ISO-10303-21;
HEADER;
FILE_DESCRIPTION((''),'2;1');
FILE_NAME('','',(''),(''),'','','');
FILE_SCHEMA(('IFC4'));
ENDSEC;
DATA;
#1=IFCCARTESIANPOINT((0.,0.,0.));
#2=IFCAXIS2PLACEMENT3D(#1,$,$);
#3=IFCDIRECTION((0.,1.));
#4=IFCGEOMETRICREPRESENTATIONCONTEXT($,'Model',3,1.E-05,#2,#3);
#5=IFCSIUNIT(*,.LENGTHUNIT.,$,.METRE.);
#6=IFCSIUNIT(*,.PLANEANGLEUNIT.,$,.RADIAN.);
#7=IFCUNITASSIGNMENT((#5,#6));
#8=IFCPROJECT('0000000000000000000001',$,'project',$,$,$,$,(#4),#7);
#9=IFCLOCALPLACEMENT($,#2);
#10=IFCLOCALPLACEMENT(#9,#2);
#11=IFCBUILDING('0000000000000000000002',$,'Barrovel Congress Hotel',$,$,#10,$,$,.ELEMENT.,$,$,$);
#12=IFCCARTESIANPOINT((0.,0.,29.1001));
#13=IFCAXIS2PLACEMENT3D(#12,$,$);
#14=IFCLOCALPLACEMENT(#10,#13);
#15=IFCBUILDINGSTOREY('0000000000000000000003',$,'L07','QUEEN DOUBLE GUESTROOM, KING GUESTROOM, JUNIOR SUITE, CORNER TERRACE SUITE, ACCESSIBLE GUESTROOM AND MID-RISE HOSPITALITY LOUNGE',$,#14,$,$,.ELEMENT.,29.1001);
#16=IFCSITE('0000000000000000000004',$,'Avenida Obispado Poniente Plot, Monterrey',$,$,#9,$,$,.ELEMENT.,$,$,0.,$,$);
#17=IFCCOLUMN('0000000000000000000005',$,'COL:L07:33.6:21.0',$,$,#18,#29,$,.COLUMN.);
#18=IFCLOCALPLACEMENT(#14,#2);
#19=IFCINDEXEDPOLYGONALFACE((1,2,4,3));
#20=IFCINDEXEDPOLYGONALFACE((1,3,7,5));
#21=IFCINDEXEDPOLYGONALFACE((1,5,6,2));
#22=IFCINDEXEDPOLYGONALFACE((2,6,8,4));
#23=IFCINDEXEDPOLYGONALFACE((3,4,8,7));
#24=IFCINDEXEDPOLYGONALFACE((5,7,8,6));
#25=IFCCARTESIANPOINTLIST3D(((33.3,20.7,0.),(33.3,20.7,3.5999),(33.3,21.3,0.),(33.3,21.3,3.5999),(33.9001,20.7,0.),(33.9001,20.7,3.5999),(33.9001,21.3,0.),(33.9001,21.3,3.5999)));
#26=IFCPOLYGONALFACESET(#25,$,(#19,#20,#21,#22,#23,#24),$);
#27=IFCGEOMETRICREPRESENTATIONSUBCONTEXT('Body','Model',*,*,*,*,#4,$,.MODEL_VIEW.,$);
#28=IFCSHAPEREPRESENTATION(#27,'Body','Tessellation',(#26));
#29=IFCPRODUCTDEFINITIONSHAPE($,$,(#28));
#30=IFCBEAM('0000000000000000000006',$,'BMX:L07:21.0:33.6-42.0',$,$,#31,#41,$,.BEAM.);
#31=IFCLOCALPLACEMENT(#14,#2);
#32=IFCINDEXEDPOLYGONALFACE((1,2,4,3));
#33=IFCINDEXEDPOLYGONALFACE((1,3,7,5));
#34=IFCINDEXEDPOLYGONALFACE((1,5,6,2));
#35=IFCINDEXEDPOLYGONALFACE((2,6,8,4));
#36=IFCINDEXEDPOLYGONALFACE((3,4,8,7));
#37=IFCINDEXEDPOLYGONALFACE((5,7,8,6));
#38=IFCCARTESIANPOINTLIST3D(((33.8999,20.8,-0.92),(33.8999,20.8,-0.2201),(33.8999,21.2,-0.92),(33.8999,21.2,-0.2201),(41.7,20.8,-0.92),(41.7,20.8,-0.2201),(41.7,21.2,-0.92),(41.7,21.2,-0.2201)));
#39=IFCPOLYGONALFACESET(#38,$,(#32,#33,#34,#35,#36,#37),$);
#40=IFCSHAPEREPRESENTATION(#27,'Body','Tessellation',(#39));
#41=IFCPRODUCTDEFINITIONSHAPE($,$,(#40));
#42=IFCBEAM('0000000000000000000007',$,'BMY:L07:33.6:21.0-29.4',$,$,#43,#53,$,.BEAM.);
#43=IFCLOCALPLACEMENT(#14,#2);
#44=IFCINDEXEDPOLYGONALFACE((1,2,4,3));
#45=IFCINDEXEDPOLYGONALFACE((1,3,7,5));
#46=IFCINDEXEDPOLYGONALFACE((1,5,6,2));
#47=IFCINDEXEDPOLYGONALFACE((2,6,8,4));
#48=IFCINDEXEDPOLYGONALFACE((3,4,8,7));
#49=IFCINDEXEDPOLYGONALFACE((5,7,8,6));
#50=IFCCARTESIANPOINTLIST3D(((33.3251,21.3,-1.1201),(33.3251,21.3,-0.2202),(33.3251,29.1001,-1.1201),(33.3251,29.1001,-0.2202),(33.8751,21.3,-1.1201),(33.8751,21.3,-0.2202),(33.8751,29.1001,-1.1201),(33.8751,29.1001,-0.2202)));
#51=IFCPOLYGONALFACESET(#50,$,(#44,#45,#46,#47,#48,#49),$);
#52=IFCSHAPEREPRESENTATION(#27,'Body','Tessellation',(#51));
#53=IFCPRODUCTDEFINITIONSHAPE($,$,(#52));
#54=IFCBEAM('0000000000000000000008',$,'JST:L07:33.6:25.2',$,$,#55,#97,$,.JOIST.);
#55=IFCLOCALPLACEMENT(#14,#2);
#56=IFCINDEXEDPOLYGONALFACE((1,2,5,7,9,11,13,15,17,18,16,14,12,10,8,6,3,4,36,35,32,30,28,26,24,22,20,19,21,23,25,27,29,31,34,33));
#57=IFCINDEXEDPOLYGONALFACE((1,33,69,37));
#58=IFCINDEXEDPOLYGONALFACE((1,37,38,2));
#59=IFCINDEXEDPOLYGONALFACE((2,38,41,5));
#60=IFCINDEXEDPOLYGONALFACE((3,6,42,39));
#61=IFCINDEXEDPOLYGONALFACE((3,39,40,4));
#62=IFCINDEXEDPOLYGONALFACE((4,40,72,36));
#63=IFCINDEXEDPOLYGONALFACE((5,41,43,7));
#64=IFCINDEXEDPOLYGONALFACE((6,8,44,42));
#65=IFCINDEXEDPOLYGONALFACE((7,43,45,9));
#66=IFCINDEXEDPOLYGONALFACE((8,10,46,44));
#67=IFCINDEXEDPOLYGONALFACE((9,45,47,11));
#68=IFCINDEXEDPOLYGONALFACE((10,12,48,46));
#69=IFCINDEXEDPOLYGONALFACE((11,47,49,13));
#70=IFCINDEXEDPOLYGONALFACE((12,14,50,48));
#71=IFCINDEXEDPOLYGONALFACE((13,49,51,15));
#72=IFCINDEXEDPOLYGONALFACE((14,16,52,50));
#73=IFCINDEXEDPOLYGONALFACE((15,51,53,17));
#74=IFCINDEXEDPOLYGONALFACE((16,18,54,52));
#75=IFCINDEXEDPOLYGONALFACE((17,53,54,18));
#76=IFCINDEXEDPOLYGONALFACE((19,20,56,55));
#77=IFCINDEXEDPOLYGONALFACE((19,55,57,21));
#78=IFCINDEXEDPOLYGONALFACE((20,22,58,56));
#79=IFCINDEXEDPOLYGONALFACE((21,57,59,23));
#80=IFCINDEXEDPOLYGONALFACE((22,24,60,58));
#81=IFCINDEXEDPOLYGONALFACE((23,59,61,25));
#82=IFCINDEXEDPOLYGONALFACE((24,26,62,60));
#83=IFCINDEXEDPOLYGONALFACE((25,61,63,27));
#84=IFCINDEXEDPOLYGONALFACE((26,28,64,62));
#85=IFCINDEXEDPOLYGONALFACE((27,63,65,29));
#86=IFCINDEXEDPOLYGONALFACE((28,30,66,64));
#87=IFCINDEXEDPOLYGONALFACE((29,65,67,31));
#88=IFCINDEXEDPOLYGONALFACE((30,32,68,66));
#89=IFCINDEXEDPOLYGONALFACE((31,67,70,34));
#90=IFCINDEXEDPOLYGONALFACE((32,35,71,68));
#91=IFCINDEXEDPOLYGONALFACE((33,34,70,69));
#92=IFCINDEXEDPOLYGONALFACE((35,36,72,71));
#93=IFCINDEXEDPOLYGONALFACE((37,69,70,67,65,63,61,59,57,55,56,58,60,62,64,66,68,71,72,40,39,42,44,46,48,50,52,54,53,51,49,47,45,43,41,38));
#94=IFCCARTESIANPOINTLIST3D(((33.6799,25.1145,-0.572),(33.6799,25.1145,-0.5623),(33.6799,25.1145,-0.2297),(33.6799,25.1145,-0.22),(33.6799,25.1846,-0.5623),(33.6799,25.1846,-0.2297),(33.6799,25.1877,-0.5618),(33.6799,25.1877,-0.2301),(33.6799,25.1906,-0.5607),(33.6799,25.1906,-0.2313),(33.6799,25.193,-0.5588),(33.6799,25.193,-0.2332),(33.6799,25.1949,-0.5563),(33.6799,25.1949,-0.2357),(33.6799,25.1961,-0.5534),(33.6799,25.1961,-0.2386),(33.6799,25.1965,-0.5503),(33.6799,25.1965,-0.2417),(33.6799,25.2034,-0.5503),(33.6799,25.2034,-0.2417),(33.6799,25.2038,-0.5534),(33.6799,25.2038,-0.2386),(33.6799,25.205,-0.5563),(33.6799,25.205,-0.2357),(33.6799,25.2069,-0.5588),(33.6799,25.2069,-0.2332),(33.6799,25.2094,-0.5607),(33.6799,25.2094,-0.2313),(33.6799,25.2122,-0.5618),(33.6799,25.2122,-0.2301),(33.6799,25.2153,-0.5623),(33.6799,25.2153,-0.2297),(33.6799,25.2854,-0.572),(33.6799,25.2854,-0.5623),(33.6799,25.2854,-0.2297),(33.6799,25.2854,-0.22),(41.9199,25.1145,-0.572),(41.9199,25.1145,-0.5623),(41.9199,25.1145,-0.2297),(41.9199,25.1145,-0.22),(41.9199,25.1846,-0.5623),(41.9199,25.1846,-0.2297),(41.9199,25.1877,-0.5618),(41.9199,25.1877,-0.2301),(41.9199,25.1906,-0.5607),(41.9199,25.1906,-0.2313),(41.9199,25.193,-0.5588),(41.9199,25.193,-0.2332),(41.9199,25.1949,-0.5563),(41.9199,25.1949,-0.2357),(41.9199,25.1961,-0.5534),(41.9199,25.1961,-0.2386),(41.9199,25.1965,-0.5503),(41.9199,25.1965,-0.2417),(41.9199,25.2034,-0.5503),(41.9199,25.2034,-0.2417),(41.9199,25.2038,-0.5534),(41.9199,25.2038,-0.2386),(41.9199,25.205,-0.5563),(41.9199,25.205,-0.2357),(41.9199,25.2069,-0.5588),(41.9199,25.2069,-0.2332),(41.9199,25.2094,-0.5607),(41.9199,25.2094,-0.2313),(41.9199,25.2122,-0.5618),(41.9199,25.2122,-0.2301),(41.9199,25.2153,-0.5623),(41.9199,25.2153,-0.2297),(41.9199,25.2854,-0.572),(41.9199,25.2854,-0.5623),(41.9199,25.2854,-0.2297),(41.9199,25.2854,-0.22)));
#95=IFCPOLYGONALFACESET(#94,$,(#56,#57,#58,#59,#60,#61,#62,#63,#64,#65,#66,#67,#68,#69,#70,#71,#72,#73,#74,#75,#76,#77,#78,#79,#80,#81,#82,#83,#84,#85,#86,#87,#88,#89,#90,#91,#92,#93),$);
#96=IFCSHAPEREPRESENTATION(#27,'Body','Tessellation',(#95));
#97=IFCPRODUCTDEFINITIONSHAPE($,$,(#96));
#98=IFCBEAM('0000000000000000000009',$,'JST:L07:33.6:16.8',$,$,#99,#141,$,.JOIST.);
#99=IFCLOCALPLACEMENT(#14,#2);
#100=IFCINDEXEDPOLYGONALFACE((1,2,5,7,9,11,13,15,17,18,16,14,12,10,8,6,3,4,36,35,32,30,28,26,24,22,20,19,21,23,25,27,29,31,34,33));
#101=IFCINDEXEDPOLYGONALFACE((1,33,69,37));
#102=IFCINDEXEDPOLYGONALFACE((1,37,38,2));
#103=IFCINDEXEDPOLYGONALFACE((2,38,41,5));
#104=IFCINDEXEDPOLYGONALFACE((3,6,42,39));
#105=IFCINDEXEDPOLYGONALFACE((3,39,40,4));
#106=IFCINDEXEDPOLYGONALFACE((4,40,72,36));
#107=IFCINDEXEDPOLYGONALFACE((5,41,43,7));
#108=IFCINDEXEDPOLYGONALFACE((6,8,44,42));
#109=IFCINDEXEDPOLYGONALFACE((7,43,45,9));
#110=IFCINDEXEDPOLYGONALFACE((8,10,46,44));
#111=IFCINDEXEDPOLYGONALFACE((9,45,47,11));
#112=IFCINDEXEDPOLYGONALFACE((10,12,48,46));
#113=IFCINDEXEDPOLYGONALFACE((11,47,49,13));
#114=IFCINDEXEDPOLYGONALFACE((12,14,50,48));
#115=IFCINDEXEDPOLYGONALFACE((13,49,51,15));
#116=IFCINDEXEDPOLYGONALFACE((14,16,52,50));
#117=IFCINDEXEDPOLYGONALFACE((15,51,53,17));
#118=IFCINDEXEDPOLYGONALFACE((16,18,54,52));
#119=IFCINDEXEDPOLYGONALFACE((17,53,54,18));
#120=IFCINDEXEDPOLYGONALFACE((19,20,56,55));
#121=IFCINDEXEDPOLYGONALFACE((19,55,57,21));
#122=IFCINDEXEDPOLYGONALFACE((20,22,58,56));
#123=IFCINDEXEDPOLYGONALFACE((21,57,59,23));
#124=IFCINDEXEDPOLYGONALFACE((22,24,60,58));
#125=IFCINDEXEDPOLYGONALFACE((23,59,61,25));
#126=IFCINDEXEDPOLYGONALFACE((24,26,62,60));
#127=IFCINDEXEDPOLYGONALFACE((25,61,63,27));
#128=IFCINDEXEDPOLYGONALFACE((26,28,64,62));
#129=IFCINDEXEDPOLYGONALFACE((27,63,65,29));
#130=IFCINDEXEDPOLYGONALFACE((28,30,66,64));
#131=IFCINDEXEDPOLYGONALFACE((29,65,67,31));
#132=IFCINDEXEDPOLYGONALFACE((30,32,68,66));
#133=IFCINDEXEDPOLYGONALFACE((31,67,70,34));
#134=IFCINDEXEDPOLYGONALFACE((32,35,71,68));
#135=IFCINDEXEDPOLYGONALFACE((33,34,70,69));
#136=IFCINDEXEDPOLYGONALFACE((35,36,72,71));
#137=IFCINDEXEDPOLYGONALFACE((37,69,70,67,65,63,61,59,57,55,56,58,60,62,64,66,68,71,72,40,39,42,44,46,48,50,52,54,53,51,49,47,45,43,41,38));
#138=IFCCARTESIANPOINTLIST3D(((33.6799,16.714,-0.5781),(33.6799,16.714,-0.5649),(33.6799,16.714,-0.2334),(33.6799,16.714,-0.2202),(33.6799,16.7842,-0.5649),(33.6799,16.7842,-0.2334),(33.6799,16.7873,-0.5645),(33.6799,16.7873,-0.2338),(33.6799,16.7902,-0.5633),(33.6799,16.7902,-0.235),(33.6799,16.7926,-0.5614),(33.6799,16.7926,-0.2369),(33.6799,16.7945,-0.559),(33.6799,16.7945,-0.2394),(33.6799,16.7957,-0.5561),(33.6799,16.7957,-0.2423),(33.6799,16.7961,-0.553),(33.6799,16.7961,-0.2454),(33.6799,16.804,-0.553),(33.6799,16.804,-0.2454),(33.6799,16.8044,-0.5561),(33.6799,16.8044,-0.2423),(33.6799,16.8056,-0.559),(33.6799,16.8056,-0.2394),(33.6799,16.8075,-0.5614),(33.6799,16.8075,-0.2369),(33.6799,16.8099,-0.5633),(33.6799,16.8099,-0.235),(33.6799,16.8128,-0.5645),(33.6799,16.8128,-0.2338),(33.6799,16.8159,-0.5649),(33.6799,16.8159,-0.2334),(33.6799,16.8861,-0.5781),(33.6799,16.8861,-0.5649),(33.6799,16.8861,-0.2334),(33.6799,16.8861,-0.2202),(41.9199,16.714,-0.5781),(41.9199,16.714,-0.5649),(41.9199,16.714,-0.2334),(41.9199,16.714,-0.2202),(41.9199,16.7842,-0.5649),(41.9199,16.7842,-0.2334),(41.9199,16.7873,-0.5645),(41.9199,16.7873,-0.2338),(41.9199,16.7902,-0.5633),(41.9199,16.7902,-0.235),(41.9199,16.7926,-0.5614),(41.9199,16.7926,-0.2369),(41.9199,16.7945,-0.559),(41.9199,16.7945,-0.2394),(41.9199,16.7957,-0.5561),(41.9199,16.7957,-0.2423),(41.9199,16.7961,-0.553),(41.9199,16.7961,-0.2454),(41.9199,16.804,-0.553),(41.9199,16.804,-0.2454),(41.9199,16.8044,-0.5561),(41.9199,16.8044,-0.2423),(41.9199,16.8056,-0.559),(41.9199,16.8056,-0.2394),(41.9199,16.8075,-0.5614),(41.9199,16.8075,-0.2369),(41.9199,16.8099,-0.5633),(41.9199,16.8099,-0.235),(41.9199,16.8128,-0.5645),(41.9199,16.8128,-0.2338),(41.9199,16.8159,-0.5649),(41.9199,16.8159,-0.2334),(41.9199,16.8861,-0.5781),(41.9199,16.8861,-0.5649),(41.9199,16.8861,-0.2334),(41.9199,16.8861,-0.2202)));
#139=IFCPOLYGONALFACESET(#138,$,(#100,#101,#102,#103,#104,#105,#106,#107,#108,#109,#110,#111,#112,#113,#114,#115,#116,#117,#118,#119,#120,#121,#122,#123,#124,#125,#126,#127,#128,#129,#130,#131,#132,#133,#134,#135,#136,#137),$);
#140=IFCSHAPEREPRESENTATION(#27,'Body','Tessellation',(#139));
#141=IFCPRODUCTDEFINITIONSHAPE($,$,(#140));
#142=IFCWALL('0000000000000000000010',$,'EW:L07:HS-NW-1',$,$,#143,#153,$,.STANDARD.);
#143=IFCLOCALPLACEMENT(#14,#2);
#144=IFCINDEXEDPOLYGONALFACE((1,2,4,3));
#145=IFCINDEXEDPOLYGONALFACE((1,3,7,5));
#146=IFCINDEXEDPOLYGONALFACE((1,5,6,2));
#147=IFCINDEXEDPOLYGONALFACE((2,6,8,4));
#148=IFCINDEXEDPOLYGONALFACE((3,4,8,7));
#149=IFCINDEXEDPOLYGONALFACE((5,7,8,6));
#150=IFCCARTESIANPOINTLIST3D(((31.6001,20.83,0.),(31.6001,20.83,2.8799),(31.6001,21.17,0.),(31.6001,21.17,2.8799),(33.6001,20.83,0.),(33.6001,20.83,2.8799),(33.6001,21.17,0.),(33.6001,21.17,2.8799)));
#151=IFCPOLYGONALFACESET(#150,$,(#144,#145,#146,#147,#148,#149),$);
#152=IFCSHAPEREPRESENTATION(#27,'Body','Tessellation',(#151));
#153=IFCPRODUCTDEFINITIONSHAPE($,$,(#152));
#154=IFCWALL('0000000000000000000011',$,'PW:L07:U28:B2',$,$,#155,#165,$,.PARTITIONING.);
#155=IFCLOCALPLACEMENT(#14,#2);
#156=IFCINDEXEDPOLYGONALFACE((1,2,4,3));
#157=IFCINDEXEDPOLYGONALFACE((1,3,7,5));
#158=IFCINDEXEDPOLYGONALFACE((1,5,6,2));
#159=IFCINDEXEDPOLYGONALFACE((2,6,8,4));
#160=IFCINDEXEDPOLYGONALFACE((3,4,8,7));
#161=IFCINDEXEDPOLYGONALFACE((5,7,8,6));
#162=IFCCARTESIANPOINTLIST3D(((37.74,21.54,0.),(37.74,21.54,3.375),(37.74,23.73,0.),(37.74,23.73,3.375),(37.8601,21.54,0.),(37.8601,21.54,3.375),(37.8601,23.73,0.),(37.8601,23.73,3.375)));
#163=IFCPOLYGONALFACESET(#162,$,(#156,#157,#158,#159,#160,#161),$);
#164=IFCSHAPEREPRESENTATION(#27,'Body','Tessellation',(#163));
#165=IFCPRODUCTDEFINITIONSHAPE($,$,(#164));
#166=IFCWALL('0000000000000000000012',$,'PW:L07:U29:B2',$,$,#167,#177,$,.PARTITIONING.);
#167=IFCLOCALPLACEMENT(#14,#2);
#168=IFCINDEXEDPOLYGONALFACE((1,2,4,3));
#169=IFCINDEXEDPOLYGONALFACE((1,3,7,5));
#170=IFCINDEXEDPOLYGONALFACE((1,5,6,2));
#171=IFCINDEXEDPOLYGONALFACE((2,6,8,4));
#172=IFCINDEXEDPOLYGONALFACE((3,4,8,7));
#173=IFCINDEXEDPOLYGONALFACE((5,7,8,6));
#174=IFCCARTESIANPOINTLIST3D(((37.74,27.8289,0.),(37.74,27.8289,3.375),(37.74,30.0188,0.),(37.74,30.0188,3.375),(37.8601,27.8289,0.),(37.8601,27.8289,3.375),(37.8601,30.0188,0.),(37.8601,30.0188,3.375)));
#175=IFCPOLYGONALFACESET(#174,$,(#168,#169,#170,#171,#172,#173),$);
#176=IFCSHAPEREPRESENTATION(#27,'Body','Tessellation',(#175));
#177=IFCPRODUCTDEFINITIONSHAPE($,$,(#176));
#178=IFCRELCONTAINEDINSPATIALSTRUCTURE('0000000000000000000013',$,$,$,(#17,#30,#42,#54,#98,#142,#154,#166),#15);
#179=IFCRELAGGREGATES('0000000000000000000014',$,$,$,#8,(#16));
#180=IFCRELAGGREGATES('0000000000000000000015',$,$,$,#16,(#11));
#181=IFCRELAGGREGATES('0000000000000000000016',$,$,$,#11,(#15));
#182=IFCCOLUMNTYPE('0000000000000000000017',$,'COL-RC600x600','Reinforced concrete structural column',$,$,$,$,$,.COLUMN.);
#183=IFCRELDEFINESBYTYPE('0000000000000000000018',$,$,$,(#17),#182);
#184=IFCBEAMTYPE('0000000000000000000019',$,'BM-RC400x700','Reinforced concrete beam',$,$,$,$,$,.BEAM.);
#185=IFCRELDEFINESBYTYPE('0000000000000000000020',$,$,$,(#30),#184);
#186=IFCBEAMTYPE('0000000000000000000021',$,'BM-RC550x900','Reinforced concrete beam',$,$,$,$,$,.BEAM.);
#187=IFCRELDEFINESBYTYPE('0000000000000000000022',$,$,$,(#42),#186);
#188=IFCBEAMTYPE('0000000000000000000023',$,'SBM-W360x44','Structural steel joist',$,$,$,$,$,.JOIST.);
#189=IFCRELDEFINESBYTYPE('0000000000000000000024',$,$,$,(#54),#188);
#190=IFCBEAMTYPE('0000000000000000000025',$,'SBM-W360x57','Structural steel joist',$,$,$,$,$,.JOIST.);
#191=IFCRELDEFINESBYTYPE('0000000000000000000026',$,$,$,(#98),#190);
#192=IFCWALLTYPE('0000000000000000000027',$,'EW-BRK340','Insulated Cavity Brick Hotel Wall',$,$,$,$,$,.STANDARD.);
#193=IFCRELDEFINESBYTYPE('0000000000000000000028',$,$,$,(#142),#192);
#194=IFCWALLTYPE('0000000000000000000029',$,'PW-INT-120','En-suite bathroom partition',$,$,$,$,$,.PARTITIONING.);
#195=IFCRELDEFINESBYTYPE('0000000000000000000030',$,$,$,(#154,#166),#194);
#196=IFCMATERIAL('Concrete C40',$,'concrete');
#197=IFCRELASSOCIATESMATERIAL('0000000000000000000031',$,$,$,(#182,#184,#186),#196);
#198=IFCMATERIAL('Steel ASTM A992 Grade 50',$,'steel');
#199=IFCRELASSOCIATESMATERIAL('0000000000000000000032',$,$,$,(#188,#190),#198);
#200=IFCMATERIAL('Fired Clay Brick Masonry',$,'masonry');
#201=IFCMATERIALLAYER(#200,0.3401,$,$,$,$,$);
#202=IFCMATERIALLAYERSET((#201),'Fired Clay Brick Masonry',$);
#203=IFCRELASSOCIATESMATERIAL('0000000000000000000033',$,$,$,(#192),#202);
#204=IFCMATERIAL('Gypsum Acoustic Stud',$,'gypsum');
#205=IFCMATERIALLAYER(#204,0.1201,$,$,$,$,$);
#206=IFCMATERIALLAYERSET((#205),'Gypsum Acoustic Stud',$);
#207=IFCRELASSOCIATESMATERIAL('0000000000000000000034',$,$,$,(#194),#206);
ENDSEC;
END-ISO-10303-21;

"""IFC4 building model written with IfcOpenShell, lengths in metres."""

from ifc_helpers import new_model, si_unit, direction, frame, frame_2d, origin, origin_2d, place, context, subcontext, project, spatial, rectangle, i_section, extrude, material, layer, layer_set, material_profile, profile_set, type_object, element, save


model = new_model("IFC4")

# Units and contexts
model_context = context("Model", 3, precision=1e-05, world=origin(), true_north=direction((0.0, 1.0)))
body_context = subcontext(model_context, "Body", "Model", "MODEL_VIEW")
ifc_project = project(units=[si_unit("LENGTHUNIT", "METRE"), si_unit("PLANEANGLEUNIT", "RADIAN")], contexts=[model_context])

# Site, building, storey
site_placement = place(None, origin())
site = spatial("IfcSite", under=ifc_project, at=site_placement, Name="Avenida Obispado Poniente Plot, Monterrey", CompositionType="ELEMENT", RefElevation=0.0)
building_placement = place(site_placement, origin())
building = spatial("IfcBuilding", under=site, at=building_placement, Name="Barrovel Congress Hotel", CompositionType="ELEMENT")
storey_placement = place(building_placement, frame((0.0, 0.0, 29.1001)))
storey = spatial("IfcBuildingStorey", under=building, at=storey_placement, Name="L07", Description="QUEEN DOUBLE GUESTROOM, KING GUESTROOM, JUNIOR SUITE, CORNER TERRACE SUITE, ACCESSIBLE GUESTROOM AND MID-RISE HOSPITALITY LOUNGE", CompositionType="ELEMENT", Elevation=29.1001)

# Column
ifc_material_1 = material(Name="Concrete C40", Category="concrete")
ifc_material_profile_1 = material_profile(ifc_material_1, rectangle(XDim=0.6001, YDim=0.6001, at=origin_2d()), Name="RC600x600")
ifc_profile_set_1 = profile_set([ifc_material_profile_1], Name="Concrete C40")
column_type = type_object("IfcColumnType", Name="COL-RC600x600", Description="Reinforced concrete structural column", PredefinedType="COLUMN", material=ifc_profile_set_1)
column_placement = place(storey_placement, frame((33.6001, 21.0, 0.0), z_axis=(0.0, 0.0, 1.0), x_axis=(1.0, 0.0, 0.0)))
element("IfcColumn", 1, at=column_placement, inside=storey, type_object=column_type, Name="COL:L07:33.6:21.0", PredefinedType="COLUMN", context=body_context, shape_type="SweptSolid", body=[
    extrude(rectangle(XDim=0.6001, YDim=0.6001, at=origin_2d()), origin(), (0.0, 0.0, 1.0), 3.5999),
])

# Beams
ifc_material_profile_2 = material_profile(ifc_material_1, rectangle(XDim=0.3999, YDim=0.7, at=origin_2d()), Name="RC400x700")
ifc_profile_set_2 = profile_set([ifc_material_profile_2], Name="Concrete C40")
beam_type_1 = type_object("IfcBeamType", Name="BM-RC400x700", Description="Reinforced concrete beam", PredefinedType="BEAM", material=ifc_profile_set_2)
beam_1_placement = place(storey_placement, frame((33.8999, 21.0, -0.5701), z_axis=(1.0, 0.0, 0.0), x_axis=(0.0, 1.0, 0.0)))
element("IfcBeam", 2, at=beam_1_placement, inside=storey, type_object=beam_type_1, Name="BMX:L07:21.0:33.6-42.0", PredefinedType="BEAM", context=body_context, shape_type="SweptSolid", body=[
    extrude(rectangle(XDim=0.3999, YDim=0.7, at=origin_2d()), origin(), (0.0, 0.0, 1.0), 7.8),
])
ifc_material_profile_3 = material_profile(ifc_material_1, rectangle(XDim=0.55, YDim=0.8999, at=origin_2d()), Name="RC550x900")
ifc_profile_set_3 = profile_set([ifc_material_profile_3], Name="Concrete C40")
beam_type_2 = type_object("IfcBeamType", Name="BM-RC550x900", Description="Reinforced concrete beam", PredefinedType="BEAM", material=ifc_profile_set_3)
beam_2_placement = place(storey_placement, frame((33.6001, 21.3, -0.6702), z_axis=(0.0, 1.0, 0.0), x_axis=(-1.0, 0.0, 0.0)))
element("IfcBeam", 3, at=beam_2_placement, inside=storey, type_object=beam_type_2, Name="BMY:L07:33.6:21.0-29.4", PredefinedType="BEAM", context=body_context, shape_type="SweptSolid", body=[
    extrude(rectangle(XDim=0.55, YDim=0.8999, at=origin_2d()), origin(), (0.0, 0.0, 1.0), 7.8),
])
ifc_material_2 = material(Name="Steel ASTM A992 Grade 50", Category="steel")
ifc_material_profile_4 = material_profile(ifc_material_2, i_section(OverallWidth=0.1709, OverallDepth=0.3521, WebThickness=0.0068, FlangeThickness=0.0098, FilletRadius=0.012, at=origin_2d()), Name="W360x44")
ifc_profile_set_4 = profile_set([ifc_material_profile_4], Name="Steel ASTM A992 Grade 50")
beam_type_3 = type_object("IfcBeamType", Name="SBM-W360x44", Description="Structural steel joist", PredefinedType="JOIST", material=ifc_profile_set_4)
beam_3_placement = place(storey_placement, frame((33.6799, 25.2, -0.396), z_axis=(1.0, 0.0, 0.0), x_axis=(0.0, 1.0, 0.0)))
element("IfcBeam", 4, at=beam_3_placement, inside=storey, type_object=beam_type_3, Name="JST:L07:33.6:25.2", PredefinedType="JOIST", context=body_context, shape_type="SweptSolid", body=[
    extrude(i_section(OverallWidth=0.1709, OverallDepth=0.3521, WebThickness=0.0068, FlangeThickness=0.0098, FilletRadius=0.012, at=origin_2d()), origin(), (0.0, 0.0, 1.0), 8.24),
])
ifc_material_profile_5 = material_profile(ifc_material_2, i_section(OverallWidth=0.1721, OverallDepth=0.3579, WebThickness=0.0078, FlangeThickness=0.0132, FilletRadius=0.012, at=origin_2d()), Name="W360x57")
ifc_profile_set_5 = profile_set([ifc_material_profile_5], Name="Steel ASTM A992 Grade 50")
beam_type_4 = type_object("IfcBeamType", Name="SBM-W360x57", Description="Structural steel joist", PredefinedType="JOIST", material=ifc_profile_set_5)
beam_4_placement = place(storey_placement, frame((33.6799, 16.8, -0.3992), z_axis=(1.0, 0.0, 0.0), x_axis=(0.0, 1.0, 0.0)))
element("IfcBeam", 5, at=beam_4_placement, inside=storey, type_object=beam_type_4, Name="JST:L07:33.6:16.8", PredefinedType="JOIST", context=body_context, shape_type="SweptSolid", body=[
    extrude(i_section(OverallWidth=0.1721, OverallDepth=0.3579, WebThickness=0.0078, FlangeThickness=0.0132, FilletRadius=0.012, at=origin_2d()), origin(), (0.0, 0.0, 1.0), 8.24),
])

# Walls
ifc_material_3 = material(Name="Fired Clay Brick Masonry", Category="masonry")
ifc_layer_1 = layer(ifc_material_3, 0.3401)
ifc_layer_set_1 = layer_set([ifc_layer_1], Name="Fired Clay Brick Masonry")
wall_type_1 = type_object("IfcWallType", Name="EW-BRK340", Description="Insulated Cavity Brick Hotel Wall", PredefinedType="STANDARD", material=ifc_layer_set_1)
wall_1_placement = place(storey_placement, frame((33.6001, 21.0, 0.0), z_axis=(0.0, 0.0, 1.0), x_axis=(-1.0, 0.0, 0.0)))
element("IfcWall", 6, at=wall_1_placement, inside=storey, type_object=wall_type_1, Name="EW:L07:HS-NW-1", PredefinedType="STANDARD", context=body_context, shape_type="SweptSolid", body=[
    extrude(rectangle(XDim=2.0, YDim=0.3401, at=frame_2d((1.0, 0.0))), origin(), (0.0, 0.0, 1.0), 2.8799),
])
ifc_material_4 = material(Name="Gypsum Acoustic Stud", Category="gypsum")
ifc_layer_2 = layer(ifc_material_4, 0.1201)
ifc_layer_set_2 = layer_set([ifc_layer_2], Name="Gypsum Acoustic Stud")
wall_type_2 = type_object("IfcWallType", Name="PW-INT-120", Description="En-suite bathroom partition", PredefinedType="PARTITIONING", material=ifc_layer_set_2)
for number, where, z_axis, x_axis, name in (
    (7, (37.8, 21.54, 0.0), (0.0, 0.0, 1.0), (0.0, 1.0, 0.0), "PW:L07:U28:B2"),
    (8, (37.8, 27.8289, 0.0), (0.0, 0.0, 1.0), (0.0, 1.0, 0.0), "PW:L07:U29:B2"),
):
    element("IfcWall", number, at=place(storey_placement, frame(where, z_axis=z_axis, x_axis=x_axis)), inside=storey, type_object=wall_type_2, Name=name, PredefinedType="PARTITIONING", context=body_context, shape_type="SweptSolid", body=[
        extrude(rectangle(XDim=2.1899, YDim=0.1201, at=frame_2d((1.095, 0.0))), origin(), (0.0, 0.0, 1.0), 3.375),
    ])

save(model, "model.ifc")
